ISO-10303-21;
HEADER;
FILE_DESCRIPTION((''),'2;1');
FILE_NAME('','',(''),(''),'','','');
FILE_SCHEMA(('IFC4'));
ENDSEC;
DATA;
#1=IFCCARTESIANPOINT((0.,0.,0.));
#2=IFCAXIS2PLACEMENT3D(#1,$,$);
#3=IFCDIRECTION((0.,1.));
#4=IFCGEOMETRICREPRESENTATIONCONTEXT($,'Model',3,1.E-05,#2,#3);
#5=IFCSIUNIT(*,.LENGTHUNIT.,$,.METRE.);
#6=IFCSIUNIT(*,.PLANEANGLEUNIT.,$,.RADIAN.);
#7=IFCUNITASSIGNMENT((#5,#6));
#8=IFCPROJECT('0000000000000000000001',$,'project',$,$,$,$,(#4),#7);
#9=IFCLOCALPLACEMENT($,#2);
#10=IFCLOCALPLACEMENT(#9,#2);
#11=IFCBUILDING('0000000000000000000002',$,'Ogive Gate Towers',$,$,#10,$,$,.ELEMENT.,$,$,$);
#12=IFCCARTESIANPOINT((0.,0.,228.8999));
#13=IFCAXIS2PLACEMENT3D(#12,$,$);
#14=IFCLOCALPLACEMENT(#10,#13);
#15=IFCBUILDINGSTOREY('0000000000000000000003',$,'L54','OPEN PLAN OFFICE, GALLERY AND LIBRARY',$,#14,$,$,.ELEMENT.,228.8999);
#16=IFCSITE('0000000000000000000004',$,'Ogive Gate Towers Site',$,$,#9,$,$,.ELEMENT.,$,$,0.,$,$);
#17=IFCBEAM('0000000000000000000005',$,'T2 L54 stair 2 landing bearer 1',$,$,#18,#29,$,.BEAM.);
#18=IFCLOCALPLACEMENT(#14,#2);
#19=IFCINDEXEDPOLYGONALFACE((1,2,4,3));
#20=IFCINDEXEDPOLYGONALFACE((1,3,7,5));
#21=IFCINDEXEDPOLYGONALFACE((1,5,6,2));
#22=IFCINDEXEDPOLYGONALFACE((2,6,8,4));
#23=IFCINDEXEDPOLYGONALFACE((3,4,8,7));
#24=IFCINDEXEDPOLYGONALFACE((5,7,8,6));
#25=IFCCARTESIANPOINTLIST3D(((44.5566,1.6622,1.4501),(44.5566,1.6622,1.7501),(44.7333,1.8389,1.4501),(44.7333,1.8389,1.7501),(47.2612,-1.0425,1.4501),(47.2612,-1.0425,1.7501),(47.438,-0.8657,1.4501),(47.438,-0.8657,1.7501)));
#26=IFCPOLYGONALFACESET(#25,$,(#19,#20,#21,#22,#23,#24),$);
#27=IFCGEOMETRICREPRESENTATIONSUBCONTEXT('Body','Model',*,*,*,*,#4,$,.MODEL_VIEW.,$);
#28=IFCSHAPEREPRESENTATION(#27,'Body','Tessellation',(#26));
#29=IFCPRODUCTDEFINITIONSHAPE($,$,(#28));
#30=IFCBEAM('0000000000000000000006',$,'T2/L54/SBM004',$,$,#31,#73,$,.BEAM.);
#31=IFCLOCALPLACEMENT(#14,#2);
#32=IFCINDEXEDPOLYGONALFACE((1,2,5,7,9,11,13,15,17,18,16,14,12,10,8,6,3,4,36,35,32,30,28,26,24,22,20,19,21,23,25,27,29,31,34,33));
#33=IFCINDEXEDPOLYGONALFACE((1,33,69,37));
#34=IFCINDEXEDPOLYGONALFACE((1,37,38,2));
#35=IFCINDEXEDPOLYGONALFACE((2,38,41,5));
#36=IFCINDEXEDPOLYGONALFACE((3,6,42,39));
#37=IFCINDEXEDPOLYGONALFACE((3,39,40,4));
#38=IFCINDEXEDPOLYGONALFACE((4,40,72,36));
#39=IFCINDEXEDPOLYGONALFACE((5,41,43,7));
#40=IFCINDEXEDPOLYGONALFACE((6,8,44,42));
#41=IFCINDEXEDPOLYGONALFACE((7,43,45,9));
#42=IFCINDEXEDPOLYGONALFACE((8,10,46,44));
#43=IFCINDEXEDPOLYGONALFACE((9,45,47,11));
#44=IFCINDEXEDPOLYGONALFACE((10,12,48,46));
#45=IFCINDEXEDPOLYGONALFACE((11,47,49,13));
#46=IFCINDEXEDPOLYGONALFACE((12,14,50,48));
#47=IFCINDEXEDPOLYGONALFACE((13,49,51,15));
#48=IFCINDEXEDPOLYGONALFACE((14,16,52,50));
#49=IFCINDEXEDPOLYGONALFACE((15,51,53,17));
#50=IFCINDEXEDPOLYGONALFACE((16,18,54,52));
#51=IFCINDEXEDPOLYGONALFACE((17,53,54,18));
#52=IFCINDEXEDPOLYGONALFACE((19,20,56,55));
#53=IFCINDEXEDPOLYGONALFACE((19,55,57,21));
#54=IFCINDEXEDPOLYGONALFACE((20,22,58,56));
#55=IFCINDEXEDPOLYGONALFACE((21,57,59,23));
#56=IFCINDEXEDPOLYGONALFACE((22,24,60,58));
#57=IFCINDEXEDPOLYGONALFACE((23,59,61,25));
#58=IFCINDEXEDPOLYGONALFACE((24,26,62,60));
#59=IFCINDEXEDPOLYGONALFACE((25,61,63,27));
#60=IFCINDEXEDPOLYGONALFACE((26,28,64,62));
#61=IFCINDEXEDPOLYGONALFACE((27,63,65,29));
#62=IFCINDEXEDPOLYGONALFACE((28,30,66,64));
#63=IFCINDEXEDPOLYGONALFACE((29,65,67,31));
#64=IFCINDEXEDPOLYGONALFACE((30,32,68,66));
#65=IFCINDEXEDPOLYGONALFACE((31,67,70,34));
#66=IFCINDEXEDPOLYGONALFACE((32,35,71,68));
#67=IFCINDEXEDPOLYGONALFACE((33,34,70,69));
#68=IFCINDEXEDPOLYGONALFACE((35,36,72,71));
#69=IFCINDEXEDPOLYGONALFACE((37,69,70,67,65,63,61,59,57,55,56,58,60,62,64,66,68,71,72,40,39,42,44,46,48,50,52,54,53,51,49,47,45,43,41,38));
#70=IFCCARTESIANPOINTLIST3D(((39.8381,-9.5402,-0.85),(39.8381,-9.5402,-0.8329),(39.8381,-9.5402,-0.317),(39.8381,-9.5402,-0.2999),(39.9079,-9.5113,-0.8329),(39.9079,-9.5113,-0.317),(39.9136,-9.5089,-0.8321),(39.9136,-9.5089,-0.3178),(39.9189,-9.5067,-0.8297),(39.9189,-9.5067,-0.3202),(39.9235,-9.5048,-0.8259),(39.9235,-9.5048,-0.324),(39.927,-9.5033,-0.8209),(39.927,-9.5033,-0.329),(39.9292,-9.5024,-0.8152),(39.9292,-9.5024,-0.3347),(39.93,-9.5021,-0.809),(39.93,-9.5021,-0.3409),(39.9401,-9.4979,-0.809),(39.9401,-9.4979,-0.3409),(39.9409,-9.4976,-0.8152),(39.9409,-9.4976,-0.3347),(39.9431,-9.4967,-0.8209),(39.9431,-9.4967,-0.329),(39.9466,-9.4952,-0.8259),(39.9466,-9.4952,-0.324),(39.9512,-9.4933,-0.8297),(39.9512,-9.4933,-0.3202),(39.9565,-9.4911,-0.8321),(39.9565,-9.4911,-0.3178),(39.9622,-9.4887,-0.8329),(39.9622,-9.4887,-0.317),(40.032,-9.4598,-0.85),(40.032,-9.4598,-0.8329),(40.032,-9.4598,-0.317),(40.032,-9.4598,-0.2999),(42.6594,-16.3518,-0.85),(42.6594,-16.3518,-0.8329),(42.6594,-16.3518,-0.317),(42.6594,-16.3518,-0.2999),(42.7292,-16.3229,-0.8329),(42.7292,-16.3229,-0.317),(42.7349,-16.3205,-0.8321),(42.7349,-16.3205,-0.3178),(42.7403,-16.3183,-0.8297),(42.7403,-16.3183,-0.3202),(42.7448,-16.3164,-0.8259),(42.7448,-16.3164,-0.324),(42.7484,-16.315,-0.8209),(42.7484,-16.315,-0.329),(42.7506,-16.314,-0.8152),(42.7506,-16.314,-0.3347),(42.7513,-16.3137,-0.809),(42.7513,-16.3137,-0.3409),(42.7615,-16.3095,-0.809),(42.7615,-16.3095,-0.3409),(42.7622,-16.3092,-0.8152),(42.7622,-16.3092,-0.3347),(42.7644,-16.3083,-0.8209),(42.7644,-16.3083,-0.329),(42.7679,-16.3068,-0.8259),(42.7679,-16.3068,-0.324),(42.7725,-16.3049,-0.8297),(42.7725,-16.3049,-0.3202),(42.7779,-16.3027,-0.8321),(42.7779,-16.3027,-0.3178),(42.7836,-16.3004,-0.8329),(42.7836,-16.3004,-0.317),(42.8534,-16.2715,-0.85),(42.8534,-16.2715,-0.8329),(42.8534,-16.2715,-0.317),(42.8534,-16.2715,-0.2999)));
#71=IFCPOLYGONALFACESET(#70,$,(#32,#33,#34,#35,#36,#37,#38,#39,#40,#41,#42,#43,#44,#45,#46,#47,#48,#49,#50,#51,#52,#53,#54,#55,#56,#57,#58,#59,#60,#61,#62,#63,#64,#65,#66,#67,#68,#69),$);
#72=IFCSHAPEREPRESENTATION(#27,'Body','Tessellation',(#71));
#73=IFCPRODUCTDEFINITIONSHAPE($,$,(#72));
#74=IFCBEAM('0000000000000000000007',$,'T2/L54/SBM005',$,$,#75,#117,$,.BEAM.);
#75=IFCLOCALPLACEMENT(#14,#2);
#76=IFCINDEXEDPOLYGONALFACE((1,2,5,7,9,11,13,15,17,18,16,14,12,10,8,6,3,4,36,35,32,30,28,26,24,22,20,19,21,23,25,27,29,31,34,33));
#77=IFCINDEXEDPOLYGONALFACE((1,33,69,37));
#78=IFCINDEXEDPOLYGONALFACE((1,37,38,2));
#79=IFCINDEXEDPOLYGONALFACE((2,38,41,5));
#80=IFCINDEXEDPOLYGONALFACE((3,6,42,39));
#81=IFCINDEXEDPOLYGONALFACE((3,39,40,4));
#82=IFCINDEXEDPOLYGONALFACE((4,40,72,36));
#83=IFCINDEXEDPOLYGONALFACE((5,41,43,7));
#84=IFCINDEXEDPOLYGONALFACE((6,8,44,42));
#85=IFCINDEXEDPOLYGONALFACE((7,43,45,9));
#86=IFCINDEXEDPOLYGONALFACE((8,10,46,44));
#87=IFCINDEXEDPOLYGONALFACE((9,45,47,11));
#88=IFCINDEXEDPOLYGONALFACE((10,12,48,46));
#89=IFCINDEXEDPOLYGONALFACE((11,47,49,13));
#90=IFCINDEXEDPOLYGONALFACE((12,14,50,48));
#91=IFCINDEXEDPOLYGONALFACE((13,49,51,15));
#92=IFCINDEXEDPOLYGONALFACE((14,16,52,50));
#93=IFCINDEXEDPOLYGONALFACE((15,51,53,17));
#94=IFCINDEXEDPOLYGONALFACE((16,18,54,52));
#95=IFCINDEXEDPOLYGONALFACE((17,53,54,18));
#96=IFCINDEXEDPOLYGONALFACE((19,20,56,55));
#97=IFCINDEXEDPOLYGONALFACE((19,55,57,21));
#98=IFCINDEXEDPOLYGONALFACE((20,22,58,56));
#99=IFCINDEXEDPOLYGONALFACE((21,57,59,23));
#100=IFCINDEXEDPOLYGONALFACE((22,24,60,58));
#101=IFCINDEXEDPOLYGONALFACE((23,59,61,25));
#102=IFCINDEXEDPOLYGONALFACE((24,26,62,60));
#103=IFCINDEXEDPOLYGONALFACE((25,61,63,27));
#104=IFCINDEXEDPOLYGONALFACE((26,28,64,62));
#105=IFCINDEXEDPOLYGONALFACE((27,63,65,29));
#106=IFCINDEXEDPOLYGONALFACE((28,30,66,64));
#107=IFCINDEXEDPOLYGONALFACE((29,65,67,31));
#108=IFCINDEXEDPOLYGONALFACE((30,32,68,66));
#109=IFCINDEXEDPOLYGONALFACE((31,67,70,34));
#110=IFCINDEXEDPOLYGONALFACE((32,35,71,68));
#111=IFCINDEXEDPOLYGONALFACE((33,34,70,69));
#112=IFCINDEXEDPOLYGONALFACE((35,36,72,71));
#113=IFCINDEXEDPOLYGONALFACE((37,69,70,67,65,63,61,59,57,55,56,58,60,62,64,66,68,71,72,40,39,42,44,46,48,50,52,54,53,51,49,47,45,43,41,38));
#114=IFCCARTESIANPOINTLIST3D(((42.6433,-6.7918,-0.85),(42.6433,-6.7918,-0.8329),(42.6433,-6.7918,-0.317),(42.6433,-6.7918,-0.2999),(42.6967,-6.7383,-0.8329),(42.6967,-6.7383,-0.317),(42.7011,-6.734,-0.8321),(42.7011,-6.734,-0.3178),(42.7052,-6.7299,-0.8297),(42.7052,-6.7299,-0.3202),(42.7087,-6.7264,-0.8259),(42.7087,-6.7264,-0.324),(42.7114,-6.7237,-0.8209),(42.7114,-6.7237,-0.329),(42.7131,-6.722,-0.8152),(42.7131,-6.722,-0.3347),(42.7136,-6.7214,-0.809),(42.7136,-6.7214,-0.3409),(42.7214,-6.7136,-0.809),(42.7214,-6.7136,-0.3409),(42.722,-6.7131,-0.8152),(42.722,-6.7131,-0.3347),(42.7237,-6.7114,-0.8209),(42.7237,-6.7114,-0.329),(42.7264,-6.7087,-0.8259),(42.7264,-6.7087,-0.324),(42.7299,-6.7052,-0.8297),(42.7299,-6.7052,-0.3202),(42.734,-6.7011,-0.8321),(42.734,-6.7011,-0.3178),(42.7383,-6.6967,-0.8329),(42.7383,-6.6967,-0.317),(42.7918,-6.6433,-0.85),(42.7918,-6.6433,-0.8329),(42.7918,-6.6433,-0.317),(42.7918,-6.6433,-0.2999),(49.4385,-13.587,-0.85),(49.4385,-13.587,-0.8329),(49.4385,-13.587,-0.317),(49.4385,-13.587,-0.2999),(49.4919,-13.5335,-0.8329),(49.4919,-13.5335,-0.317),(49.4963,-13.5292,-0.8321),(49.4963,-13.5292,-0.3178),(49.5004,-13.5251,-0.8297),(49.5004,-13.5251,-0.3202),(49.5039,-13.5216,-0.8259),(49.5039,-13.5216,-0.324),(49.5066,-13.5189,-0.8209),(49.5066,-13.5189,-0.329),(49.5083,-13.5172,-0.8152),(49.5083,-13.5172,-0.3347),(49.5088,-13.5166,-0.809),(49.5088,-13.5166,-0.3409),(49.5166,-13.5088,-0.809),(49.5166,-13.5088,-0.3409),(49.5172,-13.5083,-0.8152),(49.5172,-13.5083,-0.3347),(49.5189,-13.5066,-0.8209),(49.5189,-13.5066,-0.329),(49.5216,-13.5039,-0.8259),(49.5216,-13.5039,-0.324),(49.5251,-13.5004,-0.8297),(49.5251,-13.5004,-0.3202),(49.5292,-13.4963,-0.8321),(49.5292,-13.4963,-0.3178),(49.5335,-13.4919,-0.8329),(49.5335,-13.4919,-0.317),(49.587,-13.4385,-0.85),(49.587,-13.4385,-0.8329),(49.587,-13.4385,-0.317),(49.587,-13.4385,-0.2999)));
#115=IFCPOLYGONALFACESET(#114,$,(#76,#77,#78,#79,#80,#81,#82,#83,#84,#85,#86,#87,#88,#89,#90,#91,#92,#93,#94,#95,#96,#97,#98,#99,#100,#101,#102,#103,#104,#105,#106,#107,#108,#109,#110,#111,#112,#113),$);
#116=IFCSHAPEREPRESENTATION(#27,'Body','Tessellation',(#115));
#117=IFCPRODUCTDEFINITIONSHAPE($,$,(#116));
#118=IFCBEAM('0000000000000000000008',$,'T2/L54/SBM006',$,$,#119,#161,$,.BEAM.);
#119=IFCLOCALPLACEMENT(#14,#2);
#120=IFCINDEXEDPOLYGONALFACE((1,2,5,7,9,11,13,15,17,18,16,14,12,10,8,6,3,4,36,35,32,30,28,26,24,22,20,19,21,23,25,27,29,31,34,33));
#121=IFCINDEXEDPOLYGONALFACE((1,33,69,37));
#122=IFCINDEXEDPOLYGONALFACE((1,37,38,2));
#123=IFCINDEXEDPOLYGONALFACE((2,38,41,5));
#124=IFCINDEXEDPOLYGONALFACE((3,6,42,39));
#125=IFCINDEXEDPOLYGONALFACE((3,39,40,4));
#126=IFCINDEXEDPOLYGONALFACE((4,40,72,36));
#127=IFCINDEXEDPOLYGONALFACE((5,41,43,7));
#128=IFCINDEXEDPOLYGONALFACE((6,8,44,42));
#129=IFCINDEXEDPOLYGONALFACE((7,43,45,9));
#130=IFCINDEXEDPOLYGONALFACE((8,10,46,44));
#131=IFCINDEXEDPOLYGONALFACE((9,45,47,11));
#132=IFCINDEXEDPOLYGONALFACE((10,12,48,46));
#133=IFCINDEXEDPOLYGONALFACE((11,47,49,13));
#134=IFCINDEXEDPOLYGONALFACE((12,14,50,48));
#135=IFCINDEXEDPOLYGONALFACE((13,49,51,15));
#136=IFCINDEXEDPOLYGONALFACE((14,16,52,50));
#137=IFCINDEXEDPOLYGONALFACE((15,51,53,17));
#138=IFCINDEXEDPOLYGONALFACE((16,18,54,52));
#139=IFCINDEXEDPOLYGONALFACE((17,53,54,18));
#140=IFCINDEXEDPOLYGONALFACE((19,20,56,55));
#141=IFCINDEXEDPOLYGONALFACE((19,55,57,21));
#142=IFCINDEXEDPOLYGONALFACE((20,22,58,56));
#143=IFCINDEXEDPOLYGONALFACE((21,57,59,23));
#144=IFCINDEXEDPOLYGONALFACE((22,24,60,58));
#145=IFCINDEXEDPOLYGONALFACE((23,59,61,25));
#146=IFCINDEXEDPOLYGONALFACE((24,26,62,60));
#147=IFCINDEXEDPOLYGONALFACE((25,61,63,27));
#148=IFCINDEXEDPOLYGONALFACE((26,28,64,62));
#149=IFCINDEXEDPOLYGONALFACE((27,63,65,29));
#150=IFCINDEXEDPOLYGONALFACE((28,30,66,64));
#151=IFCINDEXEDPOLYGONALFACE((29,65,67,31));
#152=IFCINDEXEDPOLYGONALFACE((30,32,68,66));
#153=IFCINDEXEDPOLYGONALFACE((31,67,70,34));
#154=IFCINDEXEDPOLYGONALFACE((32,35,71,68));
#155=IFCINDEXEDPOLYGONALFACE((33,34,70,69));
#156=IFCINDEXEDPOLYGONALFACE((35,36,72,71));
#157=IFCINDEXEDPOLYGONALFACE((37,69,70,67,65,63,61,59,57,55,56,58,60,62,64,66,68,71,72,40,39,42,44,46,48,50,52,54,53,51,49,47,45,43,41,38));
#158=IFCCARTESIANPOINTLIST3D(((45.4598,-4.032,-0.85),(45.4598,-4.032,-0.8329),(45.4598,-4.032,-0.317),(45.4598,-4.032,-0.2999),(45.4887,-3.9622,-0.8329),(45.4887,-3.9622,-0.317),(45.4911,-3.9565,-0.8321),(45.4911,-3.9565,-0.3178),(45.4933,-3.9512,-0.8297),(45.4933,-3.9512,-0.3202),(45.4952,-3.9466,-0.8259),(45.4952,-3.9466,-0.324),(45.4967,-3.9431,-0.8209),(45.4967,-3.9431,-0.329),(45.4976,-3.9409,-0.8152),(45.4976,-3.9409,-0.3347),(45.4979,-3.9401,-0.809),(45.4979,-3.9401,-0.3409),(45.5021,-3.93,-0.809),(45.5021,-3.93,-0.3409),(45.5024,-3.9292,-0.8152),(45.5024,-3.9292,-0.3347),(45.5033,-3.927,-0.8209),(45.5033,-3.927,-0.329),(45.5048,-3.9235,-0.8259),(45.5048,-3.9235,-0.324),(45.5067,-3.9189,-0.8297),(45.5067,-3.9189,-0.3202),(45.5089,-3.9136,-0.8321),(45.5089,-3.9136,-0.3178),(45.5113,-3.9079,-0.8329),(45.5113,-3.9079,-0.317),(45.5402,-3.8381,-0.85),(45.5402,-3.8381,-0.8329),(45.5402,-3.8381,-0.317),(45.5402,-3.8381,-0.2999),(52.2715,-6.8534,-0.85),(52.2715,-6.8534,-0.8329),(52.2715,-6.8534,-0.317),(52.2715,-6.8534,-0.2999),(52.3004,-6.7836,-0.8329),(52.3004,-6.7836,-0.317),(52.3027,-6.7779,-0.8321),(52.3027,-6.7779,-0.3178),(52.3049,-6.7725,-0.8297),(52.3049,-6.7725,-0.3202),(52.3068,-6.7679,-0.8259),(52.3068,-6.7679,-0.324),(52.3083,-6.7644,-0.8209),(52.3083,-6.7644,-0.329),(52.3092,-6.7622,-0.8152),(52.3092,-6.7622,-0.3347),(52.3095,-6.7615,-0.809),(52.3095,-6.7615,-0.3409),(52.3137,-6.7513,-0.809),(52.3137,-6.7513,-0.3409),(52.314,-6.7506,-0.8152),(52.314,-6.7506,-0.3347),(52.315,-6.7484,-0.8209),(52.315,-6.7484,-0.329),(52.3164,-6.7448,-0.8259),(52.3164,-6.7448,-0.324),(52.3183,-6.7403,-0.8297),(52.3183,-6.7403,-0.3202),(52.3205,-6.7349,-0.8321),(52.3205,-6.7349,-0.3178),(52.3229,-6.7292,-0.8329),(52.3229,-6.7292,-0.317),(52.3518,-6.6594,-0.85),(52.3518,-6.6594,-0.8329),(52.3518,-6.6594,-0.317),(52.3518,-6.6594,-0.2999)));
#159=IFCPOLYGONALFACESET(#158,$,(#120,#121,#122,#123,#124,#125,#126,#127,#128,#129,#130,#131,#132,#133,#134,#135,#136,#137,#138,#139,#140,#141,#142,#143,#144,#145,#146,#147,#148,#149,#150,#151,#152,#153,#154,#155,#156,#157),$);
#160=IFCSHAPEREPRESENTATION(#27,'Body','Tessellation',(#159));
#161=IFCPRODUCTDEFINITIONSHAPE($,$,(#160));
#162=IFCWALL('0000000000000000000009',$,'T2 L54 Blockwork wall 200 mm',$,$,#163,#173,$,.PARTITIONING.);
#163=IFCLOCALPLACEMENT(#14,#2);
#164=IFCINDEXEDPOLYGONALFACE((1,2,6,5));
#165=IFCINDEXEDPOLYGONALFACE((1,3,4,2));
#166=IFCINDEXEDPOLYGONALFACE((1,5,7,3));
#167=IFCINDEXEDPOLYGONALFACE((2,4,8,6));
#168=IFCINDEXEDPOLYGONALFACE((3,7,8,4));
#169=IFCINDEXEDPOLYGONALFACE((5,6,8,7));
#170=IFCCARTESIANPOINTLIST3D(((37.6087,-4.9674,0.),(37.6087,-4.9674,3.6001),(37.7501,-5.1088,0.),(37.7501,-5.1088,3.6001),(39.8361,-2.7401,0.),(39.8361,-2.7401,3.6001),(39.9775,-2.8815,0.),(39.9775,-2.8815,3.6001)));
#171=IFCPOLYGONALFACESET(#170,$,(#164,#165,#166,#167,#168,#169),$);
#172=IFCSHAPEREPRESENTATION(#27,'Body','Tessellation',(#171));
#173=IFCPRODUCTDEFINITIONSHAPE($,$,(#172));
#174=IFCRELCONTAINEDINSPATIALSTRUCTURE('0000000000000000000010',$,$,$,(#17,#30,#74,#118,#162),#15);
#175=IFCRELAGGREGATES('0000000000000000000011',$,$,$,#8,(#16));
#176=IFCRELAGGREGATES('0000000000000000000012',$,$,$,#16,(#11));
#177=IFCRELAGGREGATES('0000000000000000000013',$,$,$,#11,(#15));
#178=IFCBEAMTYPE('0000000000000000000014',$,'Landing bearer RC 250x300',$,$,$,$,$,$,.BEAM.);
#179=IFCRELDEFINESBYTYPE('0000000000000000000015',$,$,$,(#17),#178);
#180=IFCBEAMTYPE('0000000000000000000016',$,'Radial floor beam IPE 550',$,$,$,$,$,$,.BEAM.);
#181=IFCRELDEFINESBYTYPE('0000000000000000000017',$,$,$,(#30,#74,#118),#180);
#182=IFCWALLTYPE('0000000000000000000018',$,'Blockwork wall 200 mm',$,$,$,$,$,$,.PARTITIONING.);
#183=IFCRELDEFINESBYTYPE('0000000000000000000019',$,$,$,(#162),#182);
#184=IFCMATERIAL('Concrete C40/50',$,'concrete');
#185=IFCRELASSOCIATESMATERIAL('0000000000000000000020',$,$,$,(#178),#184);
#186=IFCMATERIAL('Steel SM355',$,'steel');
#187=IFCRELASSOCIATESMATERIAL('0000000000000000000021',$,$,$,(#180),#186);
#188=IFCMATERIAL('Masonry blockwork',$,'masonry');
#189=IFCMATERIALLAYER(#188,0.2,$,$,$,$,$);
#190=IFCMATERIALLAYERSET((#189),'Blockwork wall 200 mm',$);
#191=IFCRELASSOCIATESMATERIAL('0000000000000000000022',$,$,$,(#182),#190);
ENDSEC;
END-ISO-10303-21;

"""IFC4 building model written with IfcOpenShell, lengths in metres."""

from ifc_helpers import new_model, si_unit, direction, frame, frame_2d, origin, origin_2d, place, context, subcontext, project, spatial, rectangle, i_section, extrude, material, layer, layer_set, material_profile, profile_set, type_object, element, save


model = new_model("IFC4")

# Units and contexts
model_context = context("Model", 3, precision=1e-05, world=origin(), true_north=direction((0.0, 1.0)))
body_context = subcontext(model_context, "Body", "Model", "MODEL_VIEW")
ifc_project = project(units=[si_unit("LENGTHUNIT", "METRE"), si_unit("PLANEANGLEUNIT", "RADIAN")], contexts=[model_context])

# Site, building, storey
site_placement = place(None, origin())
site = spatial("IfcSite", under=ifc_project, at=site_placement, Name="Ogive Gate Towers Site", CompositionType="ELEMENT", RefElevation=0.0)
building_placement = place(site_placement, origin())
building = spatial("IfcBuilding", under=site, at=building_placement, Name="Ogive Gate Towers", CompositionType="ELEMENT")
storey_placement = place(building_placement, frame((0.0, 0.0, 228.8999)))
storey = spatial("IfcBuildingStorey", under=building, at=storey_placement, Name="L54", Description="OPEN PLAN OFFICE, GALLERY AND LIBRARY", CompositionType="ELEMENT", Elevation=228.8999)

# Beams
ifc_material_1 = material(Name="Concrete C40/50", Category="concrete")
ifc_material_profile_1 = material_profile(ifc_material_1, rectangle(XDim=0.25, YDim=0.3, at=origin_2d()), Name="RC 250x300")
ifc_profile_set_1 = profile_set([ifc_material_profile_1], Name="Concrete C40/50")
beam_type_1 = type_object("IfcBeamType", Name="Landing bearer RC 250x300", PredefinedType="BEAM", material=ifc_profile_set_1)
beam_1_placement = place(storey_placement, frame((47.3496, -0.9541, 1.6001), z_axis=(-0.707107, 0.707107, 0.0), x_axis=(-0.707107, -0.707107, 0.0)))
element("IfcBeam", 1, at=beam_1_placement, inside=storey, type_object=beam_type_1, Name="T2 L54 stair 2 landing bearer 1", PredefinedType="BEAM", context=body_context, shape_type="SweptSolid", body=[
    extrude(rectangle(XDim=0.25, YDim=0.3, at=origin_2d()), origin(), (0.0, 0.0, 1.0), 3.825),
])
ifc_material_2 = material(Name="Steel SM355", Category="steel")
ifc_material_profile_2 = material_profile(ifc_material_2, i_section(OverallWidth=0.21, OverallDepth=0.55, WebThickness=0.011, FlangeThickness=0.0171, FilletRadius=0.0239, at=origin_2d()), Name="IPE 550")
ifc_profile_set_2 = profile_set([ifc_material_profile_2], Name="Steel SM355")
beam_type_2 = type_object("IfcBeamType", Name="Radial floor beam IPE 550", PredefinedType="BEAM", material=ifc_profile_set_2)
beam_2_placement = place(storey_placement, frame((39.9351, -9.5, -0.575), z_axis=(0.382668, -0.923886, 0.0), x_axis=(0.923886, 0.382668, 0.0)))
element("IfcBeam", 2, at=beam_2_placement, inside=storey, type_object=beam_type_2, Name="T2/L54/SBM004", PredefinedType="BEAM", context=body_context, shape_type="SweptSolid", body=[
    extrude(i_section(OverallWidth=0.21, OverallDepth=0.55, WebThickness=0.011, FlangeThickness=0.0171, FilletRadius=0.0239, at=origin_2d()), origin(), (0.0, 0.0, 1.0), 7.3728),
])
beam_3_placement = place(storey_placement, frame((42.7175, -6.7175, -0.575), z_axis=(0.707107, -0.707107, 0.0), x_axis=(0.707107, 0.707107, 0.0)))
element("IfcBeam", 3, at=beam_3_placement, inside=storey, type_object=beam_type_2, Name="T2/L54/SBM005", PredefinedType="BEAM", context=body_context, shape_type="SweptSolid", body=[
    extrude(i_section(OverallWidth=0.21, OverallDepth=0.55, WebThickness=0.011, FlangeThickness=0.0171, FilletRadius=0.0239, at=origin_2d()), origin(), (0.0, 0.0, 1.0), 9.6099),
])
beam_4_placement = place(storey_placement, frame((45.5, -3.9351, -0.575), z_axis=(0.923886, -0.382668, 0.0), x_axis=(0.382668, 0.923886, 0.0)))
element("IfcBeam", 4, at=beam_4_placement, inside=storey, type_object=beam_type_2, Name="T2/L54/SBM006", PredefinedType="BEAM", context=body_context, shape_type="SweptSolid", body=[
    extrude(i_section(OverallWidth=0.21, OverallDepth=0.55, WebThickness=0.011, FlangeThickness=0.0171, FilletRadius=0.0239, at=origin_2d()), origin(), (0.0, 0.0, 1.0), 7.3728),
])

# Wall
ifc_material_3 = material(Name="Masonry blockwork", Category="masonry")
ifc_layer_1 = layer(ifc_material_3, 0.2)
ifc_layer_set_1 = layer_set([ifc_layer_1], Name="Blockwork wall 200 mm")
wall_type_1 = type_object("IfcWallType", Name="Blockwork wall 200 mm", PredefinedType="PARTITIONING", material=ifc_layer_set_1)
wall_1_placement = place(storey_placement, frame((37.6794, -5.0381, 0.0), z_axis=(0.0, 0.0, 1.0), x_axis=(0.707107, 0.707107, 0.0)))
element("IfcWall", 5, at=wall_1_placement, inside=storey, type_object=wall_type_1, Name="T2 L54 Blockwork wall 200 mm", PredefinedType="PARTITIONING", context=body_context, shape_type="SweptSolid", body=[
    extrude(rectangle(XDim=3.1499, YDim=0.2, at=frame_2d((1.575, 0.0))), origin(), (0.0, 0.0, 1.0), 3.6001),
])

save(model, "model.ifc")
